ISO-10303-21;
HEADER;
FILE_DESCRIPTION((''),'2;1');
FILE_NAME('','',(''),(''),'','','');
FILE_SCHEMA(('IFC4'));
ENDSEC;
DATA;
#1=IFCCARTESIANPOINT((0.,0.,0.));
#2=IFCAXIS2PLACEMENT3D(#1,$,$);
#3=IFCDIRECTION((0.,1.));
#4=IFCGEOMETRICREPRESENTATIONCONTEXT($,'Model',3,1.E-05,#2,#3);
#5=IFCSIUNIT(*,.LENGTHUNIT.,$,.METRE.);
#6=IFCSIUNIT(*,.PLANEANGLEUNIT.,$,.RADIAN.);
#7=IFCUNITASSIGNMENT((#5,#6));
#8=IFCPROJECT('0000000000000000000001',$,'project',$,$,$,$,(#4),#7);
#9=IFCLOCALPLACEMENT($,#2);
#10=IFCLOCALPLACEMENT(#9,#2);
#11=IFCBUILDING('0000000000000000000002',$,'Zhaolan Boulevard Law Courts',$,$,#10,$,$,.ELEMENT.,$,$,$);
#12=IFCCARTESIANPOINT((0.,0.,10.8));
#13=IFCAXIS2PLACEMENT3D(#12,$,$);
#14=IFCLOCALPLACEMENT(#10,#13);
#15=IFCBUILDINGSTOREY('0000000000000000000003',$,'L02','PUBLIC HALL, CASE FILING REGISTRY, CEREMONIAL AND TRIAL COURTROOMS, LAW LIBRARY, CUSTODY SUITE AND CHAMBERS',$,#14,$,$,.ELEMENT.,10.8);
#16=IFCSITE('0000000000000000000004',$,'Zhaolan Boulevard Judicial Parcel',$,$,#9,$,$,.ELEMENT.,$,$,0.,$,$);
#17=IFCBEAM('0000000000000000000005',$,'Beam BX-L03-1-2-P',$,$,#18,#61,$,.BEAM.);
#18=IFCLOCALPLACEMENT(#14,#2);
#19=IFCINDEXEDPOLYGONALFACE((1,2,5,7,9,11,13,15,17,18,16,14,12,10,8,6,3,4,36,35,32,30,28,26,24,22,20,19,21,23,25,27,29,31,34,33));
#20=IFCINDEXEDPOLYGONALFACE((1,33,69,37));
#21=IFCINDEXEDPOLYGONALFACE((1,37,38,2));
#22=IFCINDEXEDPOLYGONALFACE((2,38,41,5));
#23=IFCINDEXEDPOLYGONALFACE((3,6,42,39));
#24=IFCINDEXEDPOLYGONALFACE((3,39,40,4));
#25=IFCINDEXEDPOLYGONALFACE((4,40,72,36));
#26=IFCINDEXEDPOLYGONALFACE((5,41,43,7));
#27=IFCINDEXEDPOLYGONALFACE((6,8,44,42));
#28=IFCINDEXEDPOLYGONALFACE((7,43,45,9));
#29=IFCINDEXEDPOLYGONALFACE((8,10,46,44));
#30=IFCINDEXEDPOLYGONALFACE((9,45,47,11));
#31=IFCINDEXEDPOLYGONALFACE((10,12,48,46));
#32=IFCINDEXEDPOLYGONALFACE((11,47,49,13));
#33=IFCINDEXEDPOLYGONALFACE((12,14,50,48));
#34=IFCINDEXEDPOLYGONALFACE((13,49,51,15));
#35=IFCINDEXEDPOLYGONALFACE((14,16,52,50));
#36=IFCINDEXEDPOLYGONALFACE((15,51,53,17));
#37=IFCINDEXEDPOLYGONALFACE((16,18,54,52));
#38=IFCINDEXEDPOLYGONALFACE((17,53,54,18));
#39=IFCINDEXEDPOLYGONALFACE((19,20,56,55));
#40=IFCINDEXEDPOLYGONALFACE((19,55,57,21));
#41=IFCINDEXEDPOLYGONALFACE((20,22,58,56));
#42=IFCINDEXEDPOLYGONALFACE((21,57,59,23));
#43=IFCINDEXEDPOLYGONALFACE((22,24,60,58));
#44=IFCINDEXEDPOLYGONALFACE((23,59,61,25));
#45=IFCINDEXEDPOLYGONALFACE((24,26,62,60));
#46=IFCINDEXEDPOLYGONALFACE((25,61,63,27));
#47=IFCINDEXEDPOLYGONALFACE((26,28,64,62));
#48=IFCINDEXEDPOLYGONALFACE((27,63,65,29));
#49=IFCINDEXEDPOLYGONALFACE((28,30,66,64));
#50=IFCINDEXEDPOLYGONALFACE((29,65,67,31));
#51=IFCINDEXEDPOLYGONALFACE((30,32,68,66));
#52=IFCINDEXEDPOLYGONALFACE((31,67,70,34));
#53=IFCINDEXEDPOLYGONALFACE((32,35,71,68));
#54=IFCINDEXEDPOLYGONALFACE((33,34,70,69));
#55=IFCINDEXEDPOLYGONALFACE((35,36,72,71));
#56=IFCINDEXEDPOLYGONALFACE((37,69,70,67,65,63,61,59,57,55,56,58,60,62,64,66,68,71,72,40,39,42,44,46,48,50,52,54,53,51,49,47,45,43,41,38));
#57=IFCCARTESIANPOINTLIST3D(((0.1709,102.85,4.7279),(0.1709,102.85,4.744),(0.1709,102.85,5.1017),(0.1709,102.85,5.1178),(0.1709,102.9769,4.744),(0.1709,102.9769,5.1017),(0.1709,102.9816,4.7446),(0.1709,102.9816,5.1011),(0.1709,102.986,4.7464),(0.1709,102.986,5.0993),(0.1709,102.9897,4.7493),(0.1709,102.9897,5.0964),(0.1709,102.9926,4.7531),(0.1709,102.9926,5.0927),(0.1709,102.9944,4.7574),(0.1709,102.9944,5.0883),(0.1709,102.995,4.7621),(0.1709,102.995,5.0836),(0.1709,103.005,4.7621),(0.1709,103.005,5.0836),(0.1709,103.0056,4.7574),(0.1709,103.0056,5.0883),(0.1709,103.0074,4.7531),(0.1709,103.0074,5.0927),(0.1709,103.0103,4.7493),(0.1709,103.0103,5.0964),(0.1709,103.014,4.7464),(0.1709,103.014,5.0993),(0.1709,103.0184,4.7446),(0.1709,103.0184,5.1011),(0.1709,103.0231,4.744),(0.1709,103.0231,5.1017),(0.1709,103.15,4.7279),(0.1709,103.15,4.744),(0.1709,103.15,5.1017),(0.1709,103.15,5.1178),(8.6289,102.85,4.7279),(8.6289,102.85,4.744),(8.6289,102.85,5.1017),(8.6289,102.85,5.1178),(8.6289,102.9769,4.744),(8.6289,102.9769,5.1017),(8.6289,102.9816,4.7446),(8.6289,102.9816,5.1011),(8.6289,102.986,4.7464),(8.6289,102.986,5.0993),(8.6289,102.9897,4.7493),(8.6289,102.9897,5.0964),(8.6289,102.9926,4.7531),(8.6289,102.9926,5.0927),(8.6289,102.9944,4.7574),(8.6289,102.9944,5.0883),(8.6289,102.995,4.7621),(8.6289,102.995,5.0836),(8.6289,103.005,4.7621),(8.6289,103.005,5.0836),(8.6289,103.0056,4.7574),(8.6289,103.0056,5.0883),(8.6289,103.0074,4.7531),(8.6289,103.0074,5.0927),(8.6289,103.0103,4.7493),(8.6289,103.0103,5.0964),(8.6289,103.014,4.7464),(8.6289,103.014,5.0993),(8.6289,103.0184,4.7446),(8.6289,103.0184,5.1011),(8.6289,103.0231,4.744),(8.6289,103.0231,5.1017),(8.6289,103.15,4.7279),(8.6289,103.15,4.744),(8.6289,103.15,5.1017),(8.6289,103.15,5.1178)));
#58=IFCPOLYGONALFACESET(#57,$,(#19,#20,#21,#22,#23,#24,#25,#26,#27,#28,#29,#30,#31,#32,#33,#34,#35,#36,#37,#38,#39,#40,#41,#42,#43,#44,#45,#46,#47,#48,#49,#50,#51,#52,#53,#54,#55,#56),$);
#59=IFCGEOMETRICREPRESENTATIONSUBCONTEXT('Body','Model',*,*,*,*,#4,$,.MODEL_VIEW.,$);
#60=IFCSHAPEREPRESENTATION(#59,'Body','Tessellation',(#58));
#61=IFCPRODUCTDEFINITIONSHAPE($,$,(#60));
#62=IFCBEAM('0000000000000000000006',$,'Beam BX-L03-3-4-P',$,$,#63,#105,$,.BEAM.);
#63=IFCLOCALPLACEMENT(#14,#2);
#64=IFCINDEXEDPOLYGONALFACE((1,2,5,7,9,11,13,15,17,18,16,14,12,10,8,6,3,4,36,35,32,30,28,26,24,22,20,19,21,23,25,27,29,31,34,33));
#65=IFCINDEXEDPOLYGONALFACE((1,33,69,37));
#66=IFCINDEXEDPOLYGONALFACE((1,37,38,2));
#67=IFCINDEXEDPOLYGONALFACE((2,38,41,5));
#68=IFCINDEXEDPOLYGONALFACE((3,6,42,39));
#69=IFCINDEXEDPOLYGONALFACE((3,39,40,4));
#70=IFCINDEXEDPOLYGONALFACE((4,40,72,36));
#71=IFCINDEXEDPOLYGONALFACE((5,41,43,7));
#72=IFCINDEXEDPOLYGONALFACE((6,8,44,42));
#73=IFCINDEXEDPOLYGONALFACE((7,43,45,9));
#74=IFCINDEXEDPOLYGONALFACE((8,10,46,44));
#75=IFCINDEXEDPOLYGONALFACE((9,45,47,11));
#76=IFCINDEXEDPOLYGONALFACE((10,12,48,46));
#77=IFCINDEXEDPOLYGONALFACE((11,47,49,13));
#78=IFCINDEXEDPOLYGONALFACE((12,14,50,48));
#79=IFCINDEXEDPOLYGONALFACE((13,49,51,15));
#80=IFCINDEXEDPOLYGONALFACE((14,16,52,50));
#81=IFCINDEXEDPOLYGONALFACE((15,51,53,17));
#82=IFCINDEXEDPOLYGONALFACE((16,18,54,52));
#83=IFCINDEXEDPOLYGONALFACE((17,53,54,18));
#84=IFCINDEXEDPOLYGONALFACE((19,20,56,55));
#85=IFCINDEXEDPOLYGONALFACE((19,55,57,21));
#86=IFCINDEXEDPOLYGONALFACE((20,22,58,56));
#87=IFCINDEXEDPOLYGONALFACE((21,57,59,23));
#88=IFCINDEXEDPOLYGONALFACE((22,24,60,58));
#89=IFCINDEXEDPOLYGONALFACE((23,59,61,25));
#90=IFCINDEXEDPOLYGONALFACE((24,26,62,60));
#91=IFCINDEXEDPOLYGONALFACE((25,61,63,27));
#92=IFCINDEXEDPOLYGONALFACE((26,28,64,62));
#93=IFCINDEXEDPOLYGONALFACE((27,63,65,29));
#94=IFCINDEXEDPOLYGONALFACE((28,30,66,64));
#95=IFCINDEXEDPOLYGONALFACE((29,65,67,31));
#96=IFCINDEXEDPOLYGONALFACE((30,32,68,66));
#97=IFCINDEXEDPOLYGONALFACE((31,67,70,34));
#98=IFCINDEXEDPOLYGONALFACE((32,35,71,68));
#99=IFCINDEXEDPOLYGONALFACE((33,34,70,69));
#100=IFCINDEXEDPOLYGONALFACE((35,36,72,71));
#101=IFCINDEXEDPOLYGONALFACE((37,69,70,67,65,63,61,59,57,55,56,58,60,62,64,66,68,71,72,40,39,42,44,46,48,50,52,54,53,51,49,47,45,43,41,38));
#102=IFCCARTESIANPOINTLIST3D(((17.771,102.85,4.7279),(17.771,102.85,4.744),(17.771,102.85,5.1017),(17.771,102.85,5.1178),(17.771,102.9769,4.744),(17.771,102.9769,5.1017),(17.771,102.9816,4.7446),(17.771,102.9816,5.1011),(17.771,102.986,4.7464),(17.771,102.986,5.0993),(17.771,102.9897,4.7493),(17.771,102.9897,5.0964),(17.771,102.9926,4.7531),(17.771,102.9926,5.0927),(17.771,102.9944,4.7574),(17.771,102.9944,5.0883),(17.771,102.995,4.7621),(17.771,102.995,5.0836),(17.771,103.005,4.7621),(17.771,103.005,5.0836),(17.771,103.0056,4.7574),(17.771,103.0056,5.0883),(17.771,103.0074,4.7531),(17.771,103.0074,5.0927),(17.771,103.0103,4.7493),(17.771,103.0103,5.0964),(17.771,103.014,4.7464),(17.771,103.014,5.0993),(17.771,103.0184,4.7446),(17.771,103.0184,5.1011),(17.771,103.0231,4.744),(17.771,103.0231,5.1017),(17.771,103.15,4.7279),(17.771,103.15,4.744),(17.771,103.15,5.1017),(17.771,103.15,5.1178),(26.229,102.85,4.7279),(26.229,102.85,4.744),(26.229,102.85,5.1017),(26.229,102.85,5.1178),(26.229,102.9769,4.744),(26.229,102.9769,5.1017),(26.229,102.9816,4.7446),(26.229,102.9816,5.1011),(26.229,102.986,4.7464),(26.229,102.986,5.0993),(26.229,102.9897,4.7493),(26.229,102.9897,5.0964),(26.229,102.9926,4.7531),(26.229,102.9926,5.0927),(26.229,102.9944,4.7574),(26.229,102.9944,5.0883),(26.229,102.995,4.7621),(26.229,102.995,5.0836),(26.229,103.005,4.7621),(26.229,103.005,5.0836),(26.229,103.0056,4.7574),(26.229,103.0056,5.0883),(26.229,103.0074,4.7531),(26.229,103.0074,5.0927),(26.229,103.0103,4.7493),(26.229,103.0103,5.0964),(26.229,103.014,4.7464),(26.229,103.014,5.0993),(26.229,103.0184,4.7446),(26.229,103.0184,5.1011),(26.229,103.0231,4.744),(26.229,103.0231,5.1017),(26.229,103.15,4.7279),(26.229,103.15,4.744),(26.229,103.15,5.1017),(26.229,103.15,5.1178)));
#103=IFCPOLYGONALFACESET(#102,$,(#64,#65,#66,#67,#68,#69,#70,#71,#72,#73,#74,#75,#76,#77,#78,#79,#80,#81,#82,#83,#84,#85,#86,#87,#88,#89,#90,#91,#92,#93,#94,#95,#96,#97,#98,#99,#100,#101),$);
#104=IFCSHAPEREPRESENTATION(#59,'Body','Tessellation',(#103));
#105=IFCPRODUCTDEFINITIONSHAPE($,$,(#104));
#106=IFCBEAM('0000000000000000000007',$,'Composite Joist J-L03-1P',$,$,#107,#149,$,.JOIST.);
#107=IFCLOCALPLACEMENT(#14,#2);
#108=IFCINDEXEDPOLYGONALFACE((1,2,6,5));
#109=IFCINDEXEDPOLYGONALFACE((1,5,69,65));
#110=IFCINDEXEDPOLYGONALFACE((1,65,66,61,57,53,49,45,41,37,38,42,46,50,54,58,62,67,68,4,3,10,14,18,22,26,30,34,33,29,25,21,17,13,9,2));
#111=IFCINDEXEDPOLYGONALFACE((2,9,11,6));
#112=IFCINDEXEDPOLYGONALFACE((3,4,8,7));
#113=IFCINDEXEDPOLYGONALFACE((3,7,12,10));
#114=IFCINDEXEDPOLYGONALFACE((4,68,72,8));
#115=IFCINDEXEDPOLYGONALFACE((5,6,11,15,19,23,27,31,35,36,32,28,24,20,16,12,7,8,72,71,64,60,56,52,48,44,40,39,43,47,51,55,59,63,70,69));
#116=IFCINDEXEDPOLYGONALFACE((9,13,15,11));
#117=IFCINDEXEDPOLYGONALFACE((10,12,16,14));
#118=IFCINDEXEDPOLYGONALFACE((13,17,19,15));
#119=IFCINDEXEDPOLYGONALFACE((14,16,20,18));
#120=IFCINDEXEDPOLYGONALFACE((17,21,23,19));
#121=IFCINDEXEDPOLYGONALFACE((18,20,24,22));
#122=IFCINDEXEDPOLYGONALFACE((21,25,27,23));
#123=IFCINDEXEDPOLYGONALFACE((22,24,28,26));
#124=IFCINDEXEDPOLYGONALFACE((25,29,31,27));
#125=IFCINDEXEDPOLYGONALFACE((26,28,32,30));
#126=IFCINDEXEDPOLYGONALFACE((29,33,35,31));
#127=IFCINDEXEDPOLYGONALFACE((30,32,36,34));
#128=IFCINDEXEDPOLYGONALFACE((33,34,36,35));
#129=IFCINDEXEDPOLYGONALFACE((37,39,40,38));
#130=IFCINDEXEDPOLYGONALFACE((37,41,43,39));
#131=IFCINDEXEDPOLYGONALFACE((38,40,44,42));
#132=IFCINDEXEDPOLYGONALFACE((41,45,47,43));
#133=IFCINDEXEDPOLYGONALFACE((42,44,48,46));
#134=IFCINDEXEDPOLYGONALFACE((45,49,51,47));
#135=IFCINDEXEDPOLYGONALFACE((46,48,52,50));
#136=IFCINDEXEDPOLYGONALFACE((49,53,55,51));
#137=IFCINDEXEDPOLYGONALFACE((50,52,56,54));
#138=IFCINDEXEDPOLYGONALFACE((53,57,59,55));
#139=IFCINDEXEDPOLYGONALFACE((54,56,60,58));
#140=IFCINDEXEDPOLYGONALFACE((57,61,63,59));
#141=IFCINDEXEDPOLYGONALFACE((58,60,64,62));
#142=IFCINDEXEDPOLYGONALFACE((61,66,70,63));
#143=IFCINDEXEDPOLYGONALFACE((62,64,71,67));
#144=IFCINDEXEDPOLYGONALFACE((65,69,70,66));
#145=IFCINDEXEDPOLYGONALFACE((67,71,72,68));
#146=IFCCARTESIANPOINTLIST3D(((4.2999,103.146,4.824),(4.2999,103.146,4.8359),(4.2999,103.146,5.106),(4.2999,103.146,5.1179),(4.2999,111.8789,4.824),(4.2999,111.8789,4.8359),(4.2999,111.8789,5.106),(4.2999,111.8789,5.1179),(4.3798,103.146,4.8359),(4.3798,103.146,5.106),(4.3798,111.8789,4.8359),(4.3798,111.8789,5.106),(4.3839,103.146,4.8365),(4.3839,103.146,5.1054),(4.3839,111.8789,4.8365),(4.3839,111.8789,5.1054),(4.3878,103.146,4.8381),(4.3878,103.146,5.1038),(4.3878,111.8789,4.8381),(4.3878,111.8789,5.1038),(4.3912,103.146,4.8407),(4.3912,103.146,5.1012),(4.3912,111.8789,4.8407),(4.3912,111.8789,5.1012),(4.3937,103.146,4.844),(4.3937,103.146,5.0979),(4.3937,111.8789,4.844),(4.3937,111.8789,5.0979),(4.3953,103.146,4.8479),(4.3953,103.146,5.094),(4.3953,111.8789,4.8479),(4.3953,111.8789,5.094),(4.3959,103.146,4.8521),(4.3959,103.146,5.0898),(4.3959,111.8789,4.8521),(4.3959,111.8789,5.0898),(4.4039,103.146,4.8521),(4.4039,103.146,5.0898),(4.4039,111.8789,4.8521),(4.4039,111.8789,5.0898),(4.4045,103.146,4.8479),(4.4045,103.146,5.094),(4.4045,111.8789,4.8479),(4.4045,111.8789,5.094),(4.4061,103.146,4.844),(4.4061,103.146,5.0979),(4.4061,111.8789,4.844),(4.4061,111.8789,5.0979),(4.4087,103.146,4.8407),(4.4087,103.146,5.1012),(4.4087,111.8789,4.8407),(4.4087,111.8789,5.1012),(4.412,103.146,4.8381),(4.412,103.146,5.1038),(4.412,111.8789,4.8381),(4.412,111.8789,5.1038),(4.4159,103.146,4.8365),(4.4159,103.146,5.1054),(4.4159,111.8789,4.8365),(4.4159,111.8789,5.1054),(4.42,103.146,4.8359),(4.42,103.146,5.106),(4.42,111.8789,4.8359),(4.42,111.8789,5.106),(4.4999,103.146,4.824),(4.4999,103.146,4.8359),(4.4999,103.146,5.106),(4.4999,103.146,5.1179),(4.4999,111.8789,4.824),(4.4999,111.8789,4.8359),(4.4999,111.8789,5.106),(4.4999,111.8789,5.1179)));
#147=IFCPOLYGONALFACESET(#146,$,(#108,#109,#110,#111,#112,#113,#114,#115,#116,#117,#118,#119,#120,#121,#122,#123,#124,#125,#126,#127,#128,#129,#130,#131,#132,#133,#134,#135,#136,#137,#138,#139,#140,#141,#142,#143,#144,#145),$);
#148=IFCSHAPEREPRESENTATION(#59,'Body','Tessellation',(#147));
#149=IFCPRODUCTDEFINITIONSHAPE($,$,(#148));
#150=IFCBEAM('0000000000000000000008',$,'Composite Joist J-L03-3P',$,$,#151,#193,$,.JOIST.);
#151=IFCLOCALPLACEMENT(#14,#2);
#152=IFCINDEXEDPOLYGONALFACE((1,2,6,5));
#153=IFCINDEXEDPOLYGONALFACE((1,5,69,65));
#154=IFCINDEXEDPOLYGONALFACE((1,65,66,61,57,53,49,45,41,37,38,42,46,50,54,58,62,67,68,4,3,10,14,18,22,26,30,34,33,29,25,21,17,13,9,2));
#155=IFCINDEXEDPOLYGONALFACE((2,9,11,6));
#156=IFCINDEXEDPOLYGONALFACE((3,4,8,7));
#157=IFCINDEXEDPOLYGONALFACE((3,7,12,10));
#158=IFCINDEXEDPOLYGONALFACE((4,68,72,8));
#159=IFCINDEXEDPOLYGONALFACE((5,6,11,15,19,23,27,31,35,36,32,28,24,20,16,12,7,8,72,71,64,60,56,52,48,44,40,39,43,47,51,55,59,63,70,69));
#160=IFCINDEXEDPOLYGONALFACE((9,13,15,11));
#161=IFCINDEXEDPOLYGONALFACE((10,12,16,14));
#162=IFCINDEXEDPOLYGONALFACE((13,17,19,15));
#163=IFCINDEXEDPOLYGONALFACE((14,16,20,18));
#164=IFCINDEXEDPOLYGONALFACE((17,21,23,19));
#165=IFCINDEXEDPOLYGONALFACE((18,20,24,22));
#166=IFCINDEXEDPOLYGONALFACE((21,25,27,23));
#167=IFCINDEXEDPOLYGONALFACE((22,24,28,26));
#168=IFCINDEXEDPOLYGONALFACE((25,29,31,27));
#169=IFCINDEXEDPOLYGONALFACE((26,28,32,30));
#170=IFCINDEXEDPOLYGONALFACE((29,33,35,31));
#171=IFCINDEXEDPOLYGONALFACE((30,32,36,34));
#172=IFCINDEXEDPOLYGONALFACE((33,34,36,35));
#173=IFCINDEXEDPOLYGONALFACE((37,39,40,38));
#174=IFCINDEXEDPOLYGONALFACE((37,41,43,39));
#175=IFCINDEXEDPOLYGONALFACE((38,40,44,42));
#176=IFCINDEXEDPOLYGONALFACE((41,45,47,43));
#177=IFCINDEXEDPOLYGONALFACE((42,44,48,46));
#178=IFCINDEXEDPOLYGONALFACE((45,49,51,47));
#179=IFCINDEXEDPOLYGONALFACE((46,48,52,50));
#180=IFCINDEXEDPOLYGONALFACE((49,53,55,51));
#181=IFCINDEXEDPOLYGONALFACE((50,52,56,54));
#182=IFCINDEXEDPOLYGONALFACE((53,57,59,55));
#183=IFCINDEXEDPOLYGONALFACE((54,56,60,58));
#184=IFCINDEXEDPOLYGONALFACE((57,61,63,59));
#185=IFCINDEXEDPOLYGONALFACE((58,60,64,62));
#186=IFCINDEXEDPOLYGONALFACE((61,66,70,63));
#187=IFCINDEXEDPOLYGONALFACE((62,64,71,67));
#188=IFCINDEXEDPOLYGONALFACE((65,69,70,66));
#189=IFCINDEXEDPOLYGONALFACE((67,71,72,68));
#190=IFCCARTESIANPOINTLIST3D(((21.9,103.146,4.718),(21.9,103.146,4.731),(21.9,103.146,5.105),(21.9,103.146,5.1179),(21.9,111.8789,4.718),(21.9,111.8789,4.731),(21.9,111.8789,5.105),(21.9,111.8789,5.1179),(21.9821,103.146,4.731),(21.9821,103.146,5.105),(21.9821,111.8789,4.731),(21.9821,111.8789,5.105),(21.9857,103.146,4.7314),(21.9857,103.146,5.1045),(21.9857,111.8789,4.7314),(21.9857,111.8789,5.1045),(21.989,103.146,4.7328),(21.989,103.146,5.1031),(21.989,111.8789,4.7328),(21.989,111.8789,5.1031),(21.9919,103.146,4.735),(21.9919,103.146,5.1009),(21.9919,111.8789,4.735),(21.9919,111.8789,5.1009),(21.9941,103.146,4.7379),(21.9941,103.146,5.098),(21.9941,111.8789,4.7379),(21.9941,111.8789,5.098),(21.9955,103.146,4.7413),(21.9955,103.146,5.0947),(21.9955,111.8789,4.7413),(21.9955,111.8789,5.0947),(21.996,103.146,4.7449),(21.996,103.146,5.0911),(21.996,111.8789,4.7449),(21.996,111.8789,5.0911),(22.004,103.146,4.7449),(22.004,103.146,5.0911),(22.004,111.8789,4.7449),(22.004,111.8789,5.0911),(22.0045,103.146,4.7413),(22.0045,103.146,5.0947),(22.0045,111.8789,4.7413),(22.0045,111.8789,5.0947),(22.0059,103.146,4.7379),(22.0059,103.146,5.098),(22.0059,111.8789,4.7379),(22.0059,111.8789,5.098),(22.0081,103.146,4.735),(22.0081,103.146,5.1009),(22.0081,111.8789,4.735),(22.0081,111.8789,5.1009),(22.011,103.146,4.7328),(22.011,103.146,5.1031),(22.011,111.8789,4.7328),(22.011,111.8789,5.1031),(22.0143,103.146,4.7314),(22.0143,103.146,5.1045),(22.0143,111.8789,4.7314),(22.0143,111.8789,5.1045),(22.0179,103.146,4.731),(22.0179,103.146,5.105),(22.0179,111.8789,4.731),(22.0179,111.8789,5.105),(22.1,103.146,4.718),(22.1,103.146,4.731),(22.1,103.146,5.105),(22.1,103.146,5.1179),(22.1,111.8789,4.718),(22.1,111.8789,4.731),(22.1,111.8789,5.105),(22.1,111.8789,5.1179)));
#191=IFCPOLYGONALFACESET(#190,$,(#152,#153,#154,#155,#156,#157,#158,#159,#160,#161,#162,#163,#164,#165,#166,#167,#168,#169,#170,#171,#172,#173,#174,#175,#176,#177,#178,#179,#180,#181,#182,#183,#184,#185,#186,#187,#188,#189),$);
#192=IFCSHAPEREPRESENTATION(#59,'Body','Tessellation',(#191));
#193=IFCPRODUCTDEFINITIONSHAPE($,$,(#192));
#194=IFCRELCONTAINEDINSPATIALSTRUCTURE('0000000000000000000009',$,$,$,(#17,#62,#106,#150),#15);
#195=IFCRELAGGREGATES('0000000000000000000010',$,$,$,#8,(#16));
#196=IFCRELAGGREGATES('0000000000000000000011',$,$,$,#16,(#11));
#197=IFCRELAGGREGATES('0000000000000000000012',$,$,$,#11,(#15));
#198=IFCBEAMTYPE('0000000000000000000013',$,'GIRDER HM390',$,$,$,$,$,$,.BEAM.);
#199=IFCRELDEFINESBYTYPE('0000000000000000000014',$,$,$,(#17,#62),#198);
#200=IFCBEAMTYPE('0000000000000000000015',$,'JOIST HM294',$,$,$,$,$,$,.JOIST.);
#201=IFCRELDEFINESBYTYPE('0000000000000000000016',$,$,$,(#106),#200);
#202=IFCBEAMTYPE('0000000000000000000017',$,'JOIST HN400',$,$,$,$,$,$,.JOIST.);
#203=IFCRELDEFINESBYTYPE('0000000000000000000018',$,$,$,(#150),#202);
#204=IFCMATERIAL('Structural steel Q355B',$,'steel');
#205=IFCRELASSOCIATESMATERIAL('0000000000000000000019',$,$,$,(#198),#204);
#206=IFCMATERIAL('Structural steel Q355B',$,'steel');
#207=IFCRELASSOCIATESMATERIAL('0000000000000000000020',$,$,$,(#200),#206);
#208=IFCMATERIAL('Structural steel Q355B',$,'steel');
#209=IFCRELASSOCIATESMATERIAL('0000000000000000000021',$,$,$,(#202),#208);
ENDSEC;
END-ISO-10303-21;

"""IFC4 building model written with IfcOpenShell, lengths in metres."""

from ifc_helpers import new_model, si_unit, direction, frame, origin, origin_2d, place, context, subcontext, project, spatial, i_section, extrude, material, material_profile, profile_set, type_object, element, save


model = new_model("IFC4")

# Units and contexts
model_context = context("Model", 3, precision=1e-05, world=origin(), true_north=direction((0.0, 1.0)))
body_context = subcontext(model_context, "Body", "Model", "MODEL_VIEW")
ifc_project = project(units=[si_unit("LENGTHUNIT", "METRE"), si_unit("PLANEANGLEUNIT", "RADIAN")], contexts=[model_context])

# Site, building, storey
site_placement = place(None, origin())
site = spatial("IfcSite", under=ifc_project, at=site_placement, Name="Zhaolan Boulevard Judicial Parcel", CompositionType="ELEMENT", RefElevation=0.0)
building_placement = place(site_placement, origin())
building = spatial("IfcBuilding", under=site, at=building_placement, Name="Zhaolan Boulevard Law Courts", CompositionType="ELEMENT")
storey_placement = place(building_placement, frame((0.0, 0.0, 10.8)))
storey = spatial("IfcBuildingStorey", under=building, at=storey_placement, Name="L02", Description="PUBLIC HALL, CASE FILING REGISTRY, CEREMONIAL AND TRIAL COURTROOMS, LAW LIBRARY, CUSTODY SUITE AND CHAMBERS", CompositionType="ELEMENT", Elevation=10.8)

# Beams
ifc_material_1 = material(Name="Structural steel Q355B", Category="steel")
ifc_material_profile_1 = material_profile(ifc_material_1, i_section(OverallWidth=0.3, OverallDepth=0.3899, WebThickness=0.01, FlangeThickness=0.0161, FilletRadius=0.0181, at=origin_2d()), Name="HM390x300")
ifc_profile_set_1 = profile_set([ifc_material_profile_1], Name="Structural steel Q355B")
beam_type_1 = type_object("IfcBeamType", Name="GIRDER HM390", PredefinedType="BEAM", material=ifc_profile_set_1)
for number, where, z_axis, x_axis, name in (
    (1, (0.1709, 103.0, 4.9229), (1.0, 0.0, 0.0), (0.0, 1.0, 0.0), "Beam BX-L03-1-2-P"),
    (2, (17.771, 103.0, 4.9229), (1.0, 0.0, 0.0), (0.0, 1.0, 0.0), "Beam BX-L03-3-4-P"),
):
    element("IfcBeam", number, at=place(storey_placement, frame(where, z_axis=z_axis, x_axis=x_axis)), inside=storey, type_object=beam_type_1, Name=name, PredefinedType="BEAM", context=body_context, shape_type="SweptSolid", body=[
        extrude(i_section(OverallWidth=0.3, OverallDepth=0.3899, WebThickness=0.01, FlangeThickness=0.0161, FilletRadius=0.0181, at=origin_2d()), origin(), (0.0, 0.0, 1.0), 8.458),
    ])
ifc_material_2 = material(Name="Structural steel Q355B", Category="steel")
ifc_material_profile_2 = material_profile(ifc_material_2, i_section(OverallWidth=0.2, OverallDepth=0.2939, WebThickness=0.0081, FlangeThickness=0.012, FilletRadius=0.0161, at=origin_2d()), Name="HM294x200")
ifc_profile_set_2 = profile_set([ifc_material_profile_2], Name="Structural steel Q355B")
beam_type_2 = type_object("IfcBeamType", Name="JOIST HM294", PredefinedType="JOIST", material=ifc_profile_set_2)
beam_1_placement = place(storey_placement, frame((4.3999, 103.146, 4.9709), z_axis=(0.0, 1.0, 0.0), x_axis=(-1.0, 0.0, 0.0)))
element("IfcBeam", 3, at=beam_1_placement, inside=storey, type_object=beam_type_2, Name="Composite Joist J-L03-1P", PredefinedType="JOIST", context=body_context, shape_type="SweptSolid", body=[
    extrude(i_section(OverallWidth=0.2, OverallDepth=0.2939, WebThickness=0.0081, FlangeThickness=0.012, FilletRadius=0.0161, at=origin_2d()), origin(), (0.0, 0.0, 1.0), 8.7329),
])
ifc_material_3 = material(Name="Structural steel Q355B", Category="steel")
ifc_material_profile_3 = material_profile(ifc_material_3, i_section(OverallWidth=0.2, OverallDepth=0.3999, WebThickness=0.0081, FlangeThickness=0.0129, FilletRadius=0.0139, at=origin_2d()), Name="HN400x200")
ifc_profile_set_3 = profile_set([ifc_material_profile_3], Name="Structural steel Q355B")
beam_type_3 = type_object("IfcBeamType", Name="JOIST HN400", PredefinedType="JOIST", material=ifc_profile_set_3)
beam_2_placement = place(storey_placement, frame((22.0, 103.146, 4.918), z_axis=(0.0, 1.0, 0.0), x_axis=(-1.0, 0.0, 0.0)))
element("IfcBeam", 4, at=beam_2_placement, inside=storey, type_object=beam_type_3, Name="Composite Joist J-L03-3P", PredefinedType="JOIST", context=body_context, shape_type="SweptSolid", body=[
    extrude(i_section(OverallWidth=0.2, OverallDepth=0.3999, WebThickness=0.0081, FlangeThickness=0.0129, FilletRadius=0.0139, at=origin_2d()), origin(), (0.0, 0.0, 1.0), 8.7329),
])

save(model, "model.ifc")
